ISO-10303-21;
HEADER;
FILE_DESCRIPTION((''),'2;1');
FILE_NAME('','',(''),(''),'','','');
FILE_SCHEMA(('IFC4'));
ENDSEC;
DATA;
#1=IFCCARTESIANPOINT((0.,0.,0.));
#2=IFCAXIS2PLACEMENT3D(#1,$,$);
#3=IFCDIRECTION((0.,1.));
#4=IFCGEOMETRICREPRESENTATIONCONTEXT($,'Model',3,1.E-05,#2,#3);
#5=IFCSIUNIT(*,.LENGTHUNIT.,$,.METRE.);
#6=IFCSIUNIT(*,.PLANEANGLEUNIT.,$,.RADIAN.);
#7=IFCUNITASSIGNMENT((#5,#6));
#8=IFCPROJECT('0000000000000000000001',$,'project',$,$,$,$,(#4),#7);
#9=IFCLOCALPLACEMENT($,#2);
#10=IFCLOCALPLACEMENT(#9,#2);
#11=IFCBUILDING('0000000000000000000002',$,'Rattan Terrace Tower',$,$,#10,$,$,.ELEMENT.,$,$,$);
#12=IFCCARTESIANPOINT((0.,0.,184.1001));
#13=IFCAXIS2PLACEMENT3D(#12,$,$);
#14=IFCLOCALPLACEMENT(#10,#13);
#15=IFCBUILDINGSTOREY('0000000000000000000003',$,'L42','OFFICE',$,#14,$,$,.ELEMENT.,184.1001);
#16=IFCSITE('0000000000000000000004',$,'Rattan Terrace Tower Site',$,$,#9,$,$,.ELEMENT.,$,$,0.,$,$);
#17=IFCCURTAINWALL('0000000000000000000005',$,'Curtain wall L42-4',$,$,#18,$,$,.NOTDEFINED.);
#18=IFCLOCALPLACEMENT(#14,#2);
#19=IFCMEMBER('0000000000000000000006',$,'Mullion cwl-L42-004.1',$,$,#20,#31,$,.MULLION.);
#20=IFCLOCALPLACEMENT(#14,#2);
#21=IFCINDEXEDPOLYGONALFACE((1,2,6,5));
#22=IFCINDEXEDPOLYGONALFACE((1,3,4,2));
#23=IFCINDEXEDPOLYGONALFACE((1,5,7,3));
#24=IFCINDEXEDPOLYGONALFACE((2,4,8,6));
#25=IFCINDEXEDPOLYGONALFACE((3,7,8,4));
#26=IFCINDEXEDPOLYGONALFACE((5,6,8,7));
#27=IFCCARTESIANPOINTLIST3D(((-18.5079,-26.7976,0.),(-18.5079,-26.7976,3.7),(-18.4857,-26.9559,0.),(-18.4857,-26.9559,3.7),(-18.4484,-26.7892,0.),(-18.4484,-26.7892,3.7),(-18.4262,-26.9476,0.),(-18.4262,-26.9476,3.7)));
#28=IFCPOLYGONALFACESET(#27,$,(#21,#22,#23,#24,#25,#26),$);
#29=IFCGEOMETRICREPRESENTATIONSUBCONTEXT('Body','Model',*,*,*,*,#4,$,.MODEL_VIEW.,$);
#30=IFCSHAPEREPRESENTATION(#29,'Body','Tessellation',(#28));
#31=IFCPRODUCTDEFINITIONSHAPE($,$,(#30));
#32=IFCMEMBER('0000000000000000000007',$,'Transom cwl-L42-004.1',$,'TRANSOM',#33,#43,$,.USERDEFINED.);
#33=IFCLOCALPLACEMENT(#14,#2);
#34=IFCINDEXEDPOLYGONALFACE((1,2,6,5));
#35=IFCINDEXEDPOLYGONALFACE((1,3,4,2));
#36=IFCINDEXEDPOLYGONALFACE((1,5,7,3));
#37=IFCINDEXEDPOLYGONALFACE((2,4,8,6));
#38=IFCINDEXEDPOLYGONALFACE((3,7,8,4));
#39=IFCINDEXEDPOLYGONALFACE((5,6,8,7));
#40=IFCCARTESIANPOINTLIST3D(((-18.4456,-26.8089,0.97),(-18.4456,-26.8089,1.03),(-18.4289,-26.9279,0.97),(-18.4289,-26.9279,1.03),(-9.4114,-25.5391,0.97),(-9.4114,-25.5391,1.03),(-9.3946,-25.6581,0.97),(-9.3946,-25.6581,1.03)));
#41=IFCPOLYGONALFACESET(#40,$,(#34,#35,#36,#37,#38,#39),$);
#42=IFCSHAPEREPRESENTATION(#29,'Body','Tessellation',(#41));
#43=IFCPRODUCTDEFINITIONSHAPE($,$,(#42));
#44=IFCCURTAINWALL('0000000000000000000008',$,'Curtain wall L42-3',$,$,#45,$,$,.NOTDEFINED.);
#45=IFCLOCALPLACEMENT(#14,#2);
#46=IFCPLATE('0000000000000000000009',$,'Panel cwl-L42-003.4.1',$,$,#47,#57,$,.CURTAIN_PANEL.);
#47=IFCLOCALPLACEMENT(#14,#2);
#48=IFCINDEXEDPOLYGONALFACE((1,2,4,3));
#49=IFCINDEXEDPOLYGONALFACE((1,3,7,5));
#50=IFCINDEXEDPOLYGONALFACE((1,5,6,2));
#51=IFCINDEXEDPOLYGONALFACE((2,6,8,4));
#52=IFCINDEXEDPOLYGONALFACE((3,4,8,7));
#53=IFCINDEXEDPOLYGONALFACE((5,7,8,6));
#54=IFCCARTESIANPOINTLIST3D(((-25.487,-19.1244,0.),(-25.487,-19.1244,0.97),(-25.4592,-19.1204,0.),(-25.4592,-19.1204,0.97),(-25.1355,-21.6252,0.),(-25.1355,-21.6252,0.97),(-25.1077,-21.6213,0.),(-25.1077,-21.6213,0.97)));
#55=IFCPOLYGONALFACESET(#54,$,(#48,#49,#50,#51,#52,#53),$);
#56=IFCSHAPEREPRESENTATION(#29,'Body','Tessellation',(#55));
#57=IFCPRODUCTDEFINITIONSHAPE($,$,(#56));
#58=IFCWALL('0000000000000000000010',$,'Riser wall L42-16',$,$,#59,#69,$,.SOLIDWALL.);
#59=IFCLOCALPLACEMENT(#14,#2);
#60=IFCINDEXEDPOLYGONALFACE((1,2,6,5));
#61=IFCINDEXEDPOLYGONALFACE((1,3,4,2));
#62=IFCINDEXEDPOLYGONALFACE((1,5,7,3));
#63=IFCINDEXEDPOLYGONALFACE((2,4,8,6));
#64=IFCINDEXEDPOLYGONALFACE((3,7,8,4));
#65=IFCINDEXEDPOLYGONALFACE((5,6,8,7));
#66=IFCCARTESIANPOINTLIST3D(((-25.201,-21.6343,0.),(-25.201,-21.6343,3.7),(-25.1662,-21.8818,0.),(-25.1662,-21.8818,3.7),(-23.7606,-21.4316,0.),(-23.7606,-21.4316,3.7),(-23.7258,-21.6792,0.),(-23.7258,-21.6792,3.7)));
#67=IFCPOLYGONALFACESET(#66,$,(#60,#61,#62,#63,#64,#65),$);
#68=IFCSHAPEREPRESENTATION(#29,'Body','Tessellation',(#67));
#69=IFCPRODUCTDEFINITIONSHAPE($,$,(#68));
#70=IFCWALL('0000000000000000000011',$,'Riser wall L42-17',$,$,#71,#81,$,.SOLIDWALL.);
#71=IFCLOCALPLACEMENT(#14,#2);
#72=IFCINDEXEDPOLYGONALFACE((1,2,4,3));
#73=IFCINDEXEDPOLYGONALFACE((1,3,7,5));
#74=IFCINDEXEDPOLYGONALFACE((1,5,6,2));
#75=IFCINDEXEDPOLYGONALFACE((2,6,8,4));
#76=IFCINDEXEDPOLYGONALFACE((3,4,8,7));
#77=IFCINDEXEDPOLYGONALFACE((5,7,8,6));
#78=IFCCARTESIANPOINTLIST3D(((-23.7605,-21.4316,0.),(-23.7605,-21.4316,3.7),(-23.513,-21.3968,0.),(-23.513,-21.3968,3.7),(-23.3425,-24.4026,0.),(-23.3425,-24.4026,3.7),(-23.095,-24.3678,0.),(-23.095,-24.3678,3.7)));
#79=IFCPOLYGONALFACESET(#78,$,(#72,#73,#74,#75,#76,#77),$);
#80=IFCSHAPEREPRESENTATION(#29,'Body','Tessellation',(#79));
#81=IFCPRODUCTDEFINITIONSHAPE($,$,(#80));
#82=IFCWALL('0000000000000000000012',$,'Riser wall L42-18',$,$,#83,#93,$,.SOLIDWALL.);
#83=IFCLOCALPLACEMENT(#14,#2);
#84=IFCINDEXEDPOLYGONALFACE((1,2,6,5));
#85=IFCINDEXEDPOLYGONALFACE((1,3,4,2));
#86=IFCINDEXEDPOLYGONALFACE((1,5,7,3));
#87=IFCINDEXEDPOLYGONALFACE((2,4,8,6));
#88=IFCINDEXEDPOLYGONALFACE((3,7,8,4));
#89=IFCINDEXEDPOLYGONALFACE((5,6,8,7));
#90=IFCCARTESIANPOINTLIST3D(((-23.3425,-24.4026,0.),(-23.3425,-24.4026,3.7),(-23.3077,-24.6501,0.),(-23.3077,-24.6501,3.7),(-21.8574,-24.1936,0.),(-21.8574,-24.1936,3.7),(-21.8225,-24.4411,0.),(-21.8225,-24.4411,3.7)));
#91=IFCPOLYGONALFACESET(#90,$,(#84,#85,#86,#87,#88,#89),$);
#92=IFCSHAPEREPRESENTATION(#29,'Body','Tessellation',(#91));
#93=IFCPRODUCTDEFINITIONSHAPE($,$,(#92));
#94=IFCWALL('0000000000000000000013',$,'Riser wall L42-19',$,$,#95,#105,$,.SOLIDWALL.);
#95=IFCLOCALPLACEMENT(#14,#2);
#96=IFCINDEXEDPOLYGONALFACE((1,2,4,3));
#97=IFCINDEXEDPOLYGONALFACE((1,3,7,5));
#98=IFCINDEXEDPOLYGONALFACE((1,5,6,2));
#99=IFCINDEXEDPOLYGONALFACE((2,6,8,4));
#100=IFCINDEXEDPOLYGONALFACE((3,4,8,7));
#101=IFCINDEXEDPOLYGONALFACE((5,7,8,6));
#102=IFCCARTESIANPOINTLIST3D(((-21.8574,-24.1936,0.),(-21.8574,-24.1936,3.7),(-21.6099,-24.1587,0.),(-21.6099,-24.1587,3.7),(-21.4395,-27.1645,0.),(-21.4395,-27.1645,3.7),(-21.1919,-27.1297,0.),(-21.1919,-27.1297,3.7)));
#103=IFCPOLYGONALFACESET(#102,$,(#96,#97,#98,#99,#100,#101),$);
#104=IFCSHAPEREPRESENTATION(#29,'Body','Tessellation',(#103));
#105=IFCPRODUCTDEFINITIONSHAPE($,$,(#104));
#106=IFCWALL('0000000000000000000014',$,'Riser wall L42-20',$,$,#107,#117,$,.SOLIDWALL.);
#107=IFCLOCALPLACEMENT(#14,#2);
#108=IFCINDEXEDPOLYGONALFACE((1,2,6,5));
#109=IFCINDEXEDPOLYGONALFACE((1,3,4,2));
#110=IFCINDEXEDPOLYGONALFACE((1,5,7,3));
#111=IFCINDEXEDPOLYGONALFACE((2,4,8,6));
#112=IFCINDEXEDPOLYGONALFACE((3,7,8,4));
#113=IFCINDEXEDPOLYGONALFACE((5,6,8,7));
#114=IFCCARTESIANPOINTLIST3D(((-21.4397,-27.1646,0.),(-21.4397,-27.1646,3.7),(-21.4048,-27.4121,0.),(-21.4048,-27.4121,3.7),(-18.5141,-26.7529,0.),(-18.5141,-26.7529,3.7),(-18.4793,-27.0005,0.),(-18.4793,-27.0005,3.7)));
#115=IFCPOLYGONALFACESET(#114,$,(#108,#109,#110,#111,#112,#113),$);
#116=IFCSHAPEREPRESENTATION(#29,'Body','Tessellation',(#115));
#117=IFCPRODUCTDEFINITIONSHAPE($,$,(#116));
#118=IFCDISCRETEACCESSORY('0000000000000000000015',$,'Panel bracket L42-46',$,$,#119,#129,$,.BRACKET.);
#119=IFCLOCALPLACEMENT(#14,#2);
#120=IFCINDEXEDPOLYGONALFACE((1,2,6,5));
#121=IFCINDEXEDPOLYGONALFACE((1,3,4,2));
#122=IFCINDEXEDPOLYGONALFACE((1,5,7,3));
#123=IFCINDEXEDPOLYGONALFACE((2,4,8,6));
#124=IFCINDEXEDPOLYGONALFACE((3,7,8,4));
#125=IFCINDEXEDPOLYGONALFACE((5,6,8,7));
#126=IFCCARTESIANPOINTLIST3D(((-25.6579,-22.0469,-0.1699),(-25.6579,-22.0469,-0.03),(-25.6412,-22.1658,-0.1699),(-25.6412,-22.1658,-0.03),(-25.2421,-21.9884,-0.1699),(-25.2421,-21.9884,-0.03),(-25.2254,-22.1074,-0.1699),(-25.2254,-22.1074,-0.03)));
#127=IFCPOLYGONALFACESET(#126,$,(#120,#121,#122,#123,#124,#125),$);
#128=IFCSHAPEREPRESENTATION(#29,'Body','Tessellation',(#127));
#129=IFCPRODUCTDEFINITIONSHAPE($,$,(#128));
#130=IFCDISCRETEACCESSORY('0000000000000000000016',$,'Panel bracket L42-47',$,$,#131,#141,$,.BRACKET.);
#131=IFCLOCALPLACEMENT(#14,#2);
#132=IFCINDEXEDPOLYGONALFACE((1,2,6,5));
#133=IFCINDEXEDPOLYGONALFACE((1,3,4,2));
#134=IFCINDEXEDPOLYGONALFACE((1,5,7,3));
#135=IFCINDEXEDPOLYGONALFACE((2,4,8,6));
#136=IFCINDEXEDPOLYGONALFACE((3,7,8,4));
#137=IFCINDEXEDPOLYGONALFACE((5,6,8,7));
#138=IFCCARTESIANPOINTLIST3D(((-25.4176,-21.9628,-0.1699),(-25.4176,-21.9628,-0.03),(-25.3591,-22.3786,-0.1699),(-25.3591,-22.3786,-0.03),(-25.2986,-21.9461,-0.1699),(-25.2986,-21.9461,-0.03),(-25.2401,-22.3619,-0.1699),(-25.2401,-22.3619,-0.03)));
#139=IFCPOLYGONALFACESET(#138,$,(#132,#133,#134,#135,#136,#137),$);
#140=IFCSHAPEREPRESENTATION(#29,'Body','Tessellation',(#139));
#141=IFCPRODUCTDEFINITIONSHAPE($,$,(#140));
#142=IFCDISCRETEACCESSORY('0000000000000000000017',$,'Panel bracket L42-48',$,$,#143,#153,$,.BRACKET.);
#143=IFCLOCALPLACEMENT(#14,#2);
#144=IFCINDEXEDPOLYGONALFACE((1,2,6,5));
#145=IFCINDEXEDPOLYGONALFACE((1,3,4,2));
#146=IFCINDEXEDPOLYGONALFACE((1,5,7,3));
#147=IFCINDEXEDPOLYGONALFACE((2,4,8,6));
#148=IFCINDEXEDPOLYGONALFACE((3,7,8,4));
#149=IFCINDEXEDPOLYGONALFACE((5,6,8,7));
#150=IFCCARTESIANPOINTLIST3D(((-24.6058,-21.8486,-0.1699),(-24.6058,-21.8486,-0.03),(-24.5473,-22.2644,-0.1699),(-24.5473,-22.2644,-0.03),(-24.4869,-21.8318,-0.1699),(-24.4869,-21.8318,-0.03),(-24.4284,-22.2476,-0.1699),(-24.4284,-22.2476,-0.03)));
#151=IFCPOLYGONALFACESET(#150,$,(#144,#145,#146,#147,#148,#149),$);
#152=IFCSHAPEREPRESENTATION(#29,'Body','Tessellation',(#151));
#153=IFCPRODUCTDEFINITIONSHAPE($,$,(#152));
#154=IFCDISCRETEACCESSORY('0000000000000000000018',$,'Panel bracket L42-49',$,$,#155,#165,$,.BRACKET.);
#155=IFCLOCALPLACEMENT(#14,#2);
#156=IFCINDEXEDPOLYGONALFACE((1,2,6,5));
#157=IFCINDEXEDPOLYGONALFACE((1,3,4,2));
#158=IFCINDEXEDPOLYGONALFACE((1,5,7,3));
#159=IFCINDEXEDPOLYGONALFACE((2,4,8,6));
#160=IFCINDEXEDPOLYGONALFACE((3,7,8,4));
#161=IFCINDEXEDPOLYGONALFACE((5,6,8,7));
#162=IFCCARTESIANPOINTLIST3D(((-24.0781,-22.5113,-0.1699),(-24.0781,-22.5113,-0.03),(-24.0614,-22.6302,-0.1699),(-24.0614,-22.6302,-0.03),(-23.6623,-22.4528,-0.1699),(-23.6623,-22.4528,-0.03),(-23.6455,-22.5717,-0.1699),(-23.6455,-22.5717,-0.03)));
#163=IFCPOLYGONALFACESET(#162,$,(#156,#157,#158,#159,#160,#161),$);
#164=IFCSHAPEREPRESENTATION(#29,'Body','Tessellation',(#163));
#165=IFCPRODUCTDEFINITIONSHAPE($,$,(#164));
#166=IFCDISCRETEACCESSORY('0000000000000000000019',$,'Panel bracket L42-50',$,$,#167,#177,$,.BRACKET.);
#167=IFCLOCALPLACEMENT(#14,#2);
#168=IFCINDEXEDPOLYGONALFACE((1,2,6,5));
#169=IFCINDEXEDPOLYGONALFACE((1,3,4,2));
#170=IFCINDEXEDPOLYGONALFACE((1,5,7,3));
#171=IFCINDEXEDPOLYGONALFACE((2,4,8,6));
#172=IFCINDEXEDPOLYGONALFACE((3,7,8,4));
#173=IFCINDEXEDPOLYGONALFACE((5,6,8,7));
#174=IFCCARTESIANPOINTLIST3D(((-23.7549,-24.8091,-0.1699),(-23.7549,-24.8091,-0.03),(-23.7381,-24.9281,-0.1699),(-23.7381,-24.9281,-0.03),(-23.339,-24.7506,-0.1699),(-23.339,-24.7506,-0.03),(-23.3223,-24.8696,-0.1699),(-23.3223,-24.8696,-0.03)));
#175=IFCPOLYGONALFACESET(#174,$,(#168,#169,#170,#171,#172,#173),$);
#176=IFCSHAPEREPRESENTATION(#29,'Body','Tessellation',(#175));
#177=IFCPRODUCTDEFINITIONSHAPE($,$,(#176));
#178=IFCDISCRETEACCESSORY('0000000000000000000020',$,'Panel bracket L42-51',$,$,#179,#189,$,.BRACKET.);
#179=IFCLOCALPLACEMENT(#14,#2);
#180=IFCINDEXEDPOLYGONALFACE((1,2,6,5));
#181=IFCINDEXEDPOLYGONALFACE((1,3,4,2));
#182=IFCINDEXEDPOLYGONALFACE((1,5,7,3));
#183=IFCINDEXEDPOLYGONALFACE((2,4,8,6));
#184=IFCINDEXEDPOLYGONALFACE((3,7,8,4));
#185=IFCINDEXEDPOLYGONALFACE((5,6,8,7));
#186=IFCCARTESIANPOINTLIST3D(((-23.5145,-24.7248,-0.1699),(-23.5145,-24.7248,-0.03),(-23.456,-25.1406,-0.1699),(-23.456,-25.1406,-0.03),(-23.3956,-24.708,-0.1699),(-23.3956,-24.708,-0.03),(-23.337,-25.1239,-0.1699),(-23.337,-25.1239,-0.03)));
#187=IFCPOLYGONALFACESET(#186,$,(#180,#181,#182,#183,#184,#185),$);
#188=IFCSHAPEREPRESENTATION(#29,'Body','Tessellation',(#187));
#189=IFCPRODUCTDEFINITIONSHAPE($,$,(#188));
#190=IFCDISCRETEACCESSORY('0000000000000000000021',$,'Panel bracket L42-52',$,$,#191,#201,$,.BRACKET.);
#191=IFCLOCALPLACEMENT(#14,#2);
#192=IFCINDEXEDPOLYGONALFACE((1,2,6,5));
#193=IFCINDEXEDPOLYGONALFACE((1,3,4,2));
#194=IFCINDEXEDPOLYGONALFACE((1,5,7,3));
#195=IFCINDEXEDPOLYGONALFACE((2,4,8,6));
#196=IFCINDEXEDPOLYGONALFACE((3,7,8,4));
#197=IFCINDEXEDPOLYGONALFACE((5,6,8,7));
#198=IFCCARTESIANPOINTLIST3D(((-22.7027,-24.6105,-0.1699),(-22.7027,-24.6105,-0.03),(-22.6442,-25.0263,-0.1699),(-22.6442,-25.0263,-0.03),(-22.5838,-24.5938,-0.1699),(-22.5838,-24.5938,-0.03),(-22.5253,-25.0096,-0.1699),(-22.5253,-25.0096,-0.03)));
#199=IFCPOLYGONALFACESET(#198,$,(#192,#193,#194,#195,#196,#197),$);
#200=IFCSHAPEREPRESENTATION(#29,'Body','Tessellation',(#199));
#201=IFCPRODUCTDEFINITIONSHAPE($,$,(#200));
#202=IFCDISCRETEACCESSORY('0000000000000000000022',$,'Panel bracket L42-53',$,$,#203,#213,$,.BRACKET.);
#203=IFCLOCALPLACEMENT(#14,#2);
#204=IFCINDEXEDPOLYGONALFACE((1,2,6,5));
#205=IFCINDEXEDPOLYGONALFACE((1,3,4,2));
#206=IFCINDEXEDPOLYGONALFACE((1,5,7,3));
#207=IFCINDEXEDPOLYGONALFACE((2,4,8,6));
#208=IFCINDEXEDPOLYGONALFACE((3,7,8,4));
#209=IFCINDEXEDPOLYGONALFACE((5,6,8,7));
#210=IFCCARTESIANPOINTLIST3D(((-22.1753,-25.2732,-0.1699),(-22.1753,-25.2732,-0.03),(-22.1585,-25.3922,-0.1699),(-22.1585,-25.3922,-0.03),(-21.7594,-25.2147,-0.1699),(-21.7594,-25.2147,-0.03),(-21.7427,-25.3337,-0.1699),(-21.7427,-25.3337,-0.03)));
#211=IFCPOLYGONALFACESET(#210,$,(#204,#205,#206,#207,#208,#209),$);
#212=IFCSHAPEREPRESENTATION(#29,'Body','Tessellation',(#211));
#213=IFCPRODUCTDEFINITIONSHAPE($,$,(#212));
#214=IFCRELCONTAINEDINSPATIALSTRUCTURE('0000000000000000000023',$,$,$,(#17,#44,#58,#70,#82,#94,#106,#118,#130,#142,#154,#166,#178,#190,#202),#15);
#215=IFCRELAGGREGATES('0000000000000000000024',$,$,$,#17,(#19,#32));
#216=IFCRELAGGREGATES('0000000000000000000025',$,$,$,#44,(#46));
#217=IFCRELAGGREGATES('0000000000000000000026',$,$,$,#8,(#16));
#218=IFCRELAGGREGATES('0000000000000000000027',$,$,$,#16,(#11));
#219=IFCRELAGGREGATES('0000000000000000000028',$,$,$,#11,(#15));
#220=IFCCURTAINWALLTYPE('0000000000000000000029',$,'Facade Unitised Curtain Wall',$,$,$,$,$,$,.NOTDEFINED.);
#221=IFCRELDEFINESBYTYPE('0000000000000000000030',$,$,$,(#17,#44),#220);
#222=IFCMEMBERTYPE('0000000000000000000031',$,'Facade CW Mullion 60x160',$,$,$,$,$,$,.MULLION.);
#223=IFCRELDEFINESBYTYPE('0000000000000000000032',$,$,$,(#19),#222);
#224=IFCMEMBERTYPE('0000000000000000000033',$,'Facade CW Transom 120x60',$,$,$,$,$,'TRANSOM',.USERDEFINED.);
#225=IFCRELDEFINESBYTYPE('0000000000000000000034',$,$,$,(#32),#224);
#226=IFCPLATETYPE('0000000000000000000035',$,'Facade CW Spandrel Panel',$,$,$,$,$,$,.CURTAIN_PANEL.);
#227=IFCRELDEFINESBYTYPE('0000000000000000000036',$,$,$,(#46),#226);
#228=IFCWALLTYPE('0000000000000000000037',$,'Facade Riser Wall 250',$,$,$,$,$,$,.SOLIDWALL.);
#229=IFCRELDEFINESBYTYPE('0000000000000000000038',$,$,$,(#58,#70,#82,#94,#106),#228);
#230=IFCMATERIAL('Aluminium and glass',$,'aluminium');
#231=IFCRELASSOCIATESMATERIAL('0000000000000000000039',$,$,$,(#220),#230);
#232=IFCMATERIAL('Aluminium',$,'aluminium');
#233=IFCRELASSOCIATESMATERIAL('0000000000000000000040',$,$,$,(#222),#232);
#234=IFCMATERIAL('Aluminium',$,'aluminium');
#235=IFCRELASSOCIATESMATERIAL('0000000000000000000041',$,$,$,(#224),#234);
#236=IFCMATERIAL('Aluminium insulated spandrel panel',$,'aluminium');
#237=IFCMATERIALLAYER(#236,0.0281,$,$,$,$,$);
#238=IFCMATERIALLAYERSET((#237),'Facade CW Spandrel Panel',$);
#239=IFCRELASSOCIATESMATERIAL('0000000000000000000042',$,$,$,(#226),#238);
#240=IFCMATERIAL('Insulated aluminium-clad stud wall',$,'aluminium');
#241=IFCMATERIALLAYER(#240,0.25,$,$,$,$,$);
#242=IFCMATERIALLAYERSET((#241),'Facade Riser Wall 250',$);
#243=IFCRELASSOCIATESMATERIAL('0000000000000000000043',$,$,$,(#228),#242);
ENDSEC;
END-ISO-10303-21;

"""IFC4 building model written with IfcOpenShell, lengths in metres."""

from ifc_helpers import new_model, si_unit, direction, frame, frame_2d, origin, origin_2d, place, context, subcontext, project, spatial, rectangle, extrude, material, layer, layer_set, material_profile, profile_set, type_object, element, aggregate, save


model = new_model("IFC4")

# Units and contexts
model_context = context("Model", 3, precision=1e-05, world=origin(), true_north=direction((0.0, 1.0)))
body_context = subcontext(model_context, "Body", "Model", "MODEL_VIEW")
ifc_project = project(units=[si_unit("LENGTHUNIT", "METRE"), si_unit("PLANEANGLEUNIT", "RADIAN")], contexts=[model_context])

# Site, building, storey
site_placement = place(None, origin())
site = spatial("IfcSite", under=ifc_project, at=site_placement, Name="Rattan Terrace Tower Site", CompositionType="ELEMENT", RefElevation=0.0)
building_placement = place(site_placement, origin())
building = spatial("IfcBuilding", under=site, at=building_placement, Name="Rattan Terrace Tower", CompositionType="ELEMENT")
storey_placement = place(building_placement, frame((0.0, 0.0, 184.1001)))
storey = spatial("IfcBuildingStorey", under=building, at=storey_placement, Name="L42", Description="OFFICE", CompositionType="ELEMENT", Elevation=184.1001)

# Curtain wall, members
ifc_material_1 = material(Name="Aluminium and glass", Category="aluminium")
curtain_wall_type = type_object("IfcCurtainWallType", Name="Facade Unitised Curtain Wall", PredefinedType="NOTDEFINED", material=ifc_material_1)
curtain_wall_1_placement = place(storey_placement, origin())
curtain_wall_1 = element("IfcCurtainWall", 1, at=curtain_wall_1_placement, inside=storey, type_object=curtain_wall_type, Name="Curtain wall L42-4", PredefinedType="NOTDEFINED")
ifc_material_2 = material(Name="Aluminium", Category="aluminium")
ifc_material_profile_1 = material_profile(ifc_material_2, rectangle(XDim=0.0601, YDim=0.1599, at=origin_2d()), Name="Aluminium 60x160")
ifc_profile_set_1 = profile_set([ifc_material_profile_1], Name="Aluminium")
member_type_1 = type_object("IfcMemberType", Name="Facade CW Mullion 60x160", PredefinedType="MULLION", material=ifc_profile_set_1)
member_1_placement = place(storey_placement, frame((-18.467, -26.8726, 0.0), z_axis=(0.0, 0.0, 1.0), x_axis=(0.99027, 0.139161, 0.0)))
member_1 = element("IfcMember", 2, at=member_1_placement, type_object=member_type_1, Name="Mullion cwl-L42-004.1", PredefinedType="MULLION", context=body_context, shape_type="SweptSolid", body=[
    extrude(rectangle(XDim=0.0601, YDim=0.1599, at=origin_2d()), origin(), (0.0, 0.0, 1.0), 3.7),
])
ifc_material_3 = material(Name="Aluminium", Category="aluminium")
ifc_material_profile_2 = material_profile(ifc_material_3, rectangle(XDim=0.1201, YDim=0.0601, at=origin_2d()), Name="Aluminium 120x60")
ifc_profile_set_2 = profile_set([ifc_material_profile_2], Name="Aluminium")
member_type_2 = type_object("IfcMemberType", Name="Facade CW Transom 120x60", ElementType="TRANSOM", PredefinedType="USERDEFINED", material=ifc_profile_set_2)
member_2_placement = place(storey_placement, frame((-18.4373, -26.8684, 1.0), z_axis=(0.990266, 0.139184, 0.0), x_axis=(-0.139184, 0.990266, 0.0)))
member_2 = element("IfcMember", 3, at=member_2_placement, type_object=member_type_2, Name="Transom cwl-L42-004.1", ObjectType="TRANSOM", PredefinedType="USERDEFINED", context=body_context, shape_type="SweptSolid", body=[
    extrude(rectangle(XDim=0.1201, YDim=0.0601, at=origin_2d()), origin(), (0.0, 0.0, 1.0), 9.123),
])
aggregate(curtain_wall_1, [member_1, member_2])

# Curtain wall, plate
curtain_wall_2_placement = place(storey_placement, origin())
curtain_wall_2 = element("IfcCurtainWall", 4, at=curtain_wall_2_placement, inside=storey, type_object=curtain_wall_type, Name="Curtain wall L42-3", PredefinedType="NOTDEFINED")
ifc_material_4 = material(Name="Aluminium insulated spandrel panel", Category="aluminium")
ifc_layer_1 = layer(ifc_material_4, 0.0281)
ifc_layer_set_1 = layer_set([ifc_layer_1], Name="Facade CW Spandrel Panel")
plate_type = type_object("IfcPlateType", Name="Facade CW Spandrel Panel", PredefinedType="CURTAIN_PANEL", material=ifc_layer_set_1)
plate_placement = place(storey_placement, frame((-25.2974, -20.3728, 0.0), z_axis=(0.0, 0.0, 1.0), x_axis=(0.139191, -0.990266, 0.0)))
plate = element("IfcPlate", 5, at=plate_placement, type_object=plate_type, Name="Panel cwl-L42-003.4.1", PredefinedType="CURTAIN_PANEL", context=body_context, shape_type="SweptSolid", body=[
    extrude(rectangle(XDim=2.5254, YDim=0.0281, at=origin_2d()), origin(), (0.0, 0.0, 1.0), 0.97),
])
aggregate(curtain_wall_2, [plate])

# Walls
ifc_material_5 = material(Name="Insulated aluminium-clad stud wall", Category="aluminium")
ifc_layer_2 = layer(ifc_material_5, 0.25)
ifc_layer_set_2 = layer_set([ifc_layer_2], Name="Facade Riser Wall 250")
wall_type = type_object("IfcWallType", Name="Facade Riser Wall 250", PredefinedType="SOLIDWALL", material=ifc_layer_set_2)
wall_1_placement = place(storey_placement, frame((-25.1836, -21.7581, 0.0), z_axis=(0.0, 0.0, 1.0), x_axis=(0.990249, 0.139306, 0.0)))
element("IfcWall", 6, at=wall_1_placement, inside=storey, type_object=wall_type, Name="Riser wall L42-16", PredefinedType="SOLIDWALL", context=body_context, shape_type="SweptSolid", body=[
    extrude(rectangle(XDim=1.4546, YDim=0.25, at=frame_2d((0.7273, 0.0))), origin(), (0.0, 0.0, 1.0), 3.7),
])
wall_2_placement = place(storey_placement, frame((-23.6367, -21.4143, 0.0), z_axis=(0.0, 0.0, 1.0), x_axis=(0.139313, -0.990248, 0.0)))
element("IfcWall", 7, at=wall_2_placement, inside=storey, type_object=wall_type, Name="Riser wall L42-17", PredefinedType="SOLIDWALL", context=body_context, shape_type="SweptSolid", body=[
    extrude(rectangle(XDim=3.0002, YDim=0.25, at=frame_2d((1.5, 0.0))), origin(), (0.0, 0.0, 1.0), 3.7),
])
wall_3_placement = place(storey_placement, frame((-23.3252, -24.5264, 0.0), z_axis=(0.0, 0.0, 1.0), x_axis=(0.990244, 0.139347, 0.0)))
element("IfcWall", 8, at=wall_3_placement, inside=storey, type_object=wall_type, Name="Riser wall L42-18", PredefinedType="SOLIDWALL", context=body_context, shape_type="SweptSolid", body=[
    extrude(rectangle(XDim=1.4998, YDim=0.25, at=frame_2d((0.75, 0.0))), origin(), (0.0, 0.0, 1.0), 3.7),
])
wall_4_placement = place(storey_placement, frame((-21.7336, -24.1763, 0.0), z_axis=(0.0, 0.0, 1.0), x_axis=(0.139313, -0.990248, 0.0)))
element("IfcWall", 9, at=wall_4_placement, inside=storey, type_object=wall_type, Name="Riser wall L42-19", PredefinedType="SOLIDWALL", context=body_context, shape_type="SweptSolid", body=[
    extrude(rectangle(XDim=3.0002, YDim=0.25, at=frame_2d((1.5, 0.0))), origin(), (0.0, 0.0, 1.0), 3.7),
])
wall_5_placement = place(storey_placement, frame((-21.4221, -27.2883, 0.0), z_axis=(0.0, 0.0, 1.0), x_axis=(0.990246, 0.139327, 0.0)))
element("IfcWall", 10, at=wall_5_placement, inside=storey, type_object=wall_type, Name="Riser wall L42-20", PredefinedType="SOLIDWALL", context=body_context, shape_type="SweptSolid", body=[
    extrude(rectangle(XDim=2.9543, YDim=0.25, at=frame_2d((1.4771, 0.0))), origin(), (0.0, 0.0, 1.0), 3.7),
])

# Discrete accessories
for number, where, z_axis, x_axis, name in (
    (11, (-25.4417, -22.0771, -0.1699), (0.0, 0.0, 1.0), (0.139191, -0.990266, 0.0), "Panel bracket L42-46"),
    (12, (-25.3289, -22.1624, -0.1699), (0.0, 0.0, 1.0), (0.990241, 0.139367, 0.0), "Panel bracket L42-47"),
    (13, (-24.5171, -22.0481, -0.1699), (0.0, 0.0, 1.0), (0.990241, 0.139367, 0.0), "Panel bracket L42-48"),
    (14, (-23.8618, -22.5415, -0.1699), (0.0, 0.0, 1.0), (0.139321, -0.990247, 0.0), "Panel bracket L42-49"),
    (15, (-23.5386, -24.8394, -0.1699), (0.0, 0.0, 1.0), (0.139321, -0.990247, 0.0), "Panel bracket L42-50"),
    (16, (-23.4258, -24.9243, -0.1699), (0.0, 0.0, 1.0), (0.990241, 0.139367, 0.0), "Panel bracket L42-51"),
    (17, (-22.614, -24.8101, -0.1699), (0.0, 0.0, 1.0), (0.990241, 0.139367, 0.0), "Panel bracket L42-52"),
    (18, (-21.959, -25.3035, -0.1699), (0.0, 0.0, 1.0), (0.139321, -0.990247, 0.0), "Panel bracket L42-53"),
):
    element("IfcDiscreteAccessory", number, at=place(storey_placement, frame(where, z_axis=z_axis, x_axis=x_axis)), inside=storey, Name=name, PredefinedType="BRACKET", context=body_context, shape_type="SweptSolid", body=[
        extrude(rectangle(XDim=0.1201, YDim=0.4199, at=origin_2d()), origin(), (0.0, 0.0, 1.0), 0.1399),
    ])

save(model, "model.ifc")
